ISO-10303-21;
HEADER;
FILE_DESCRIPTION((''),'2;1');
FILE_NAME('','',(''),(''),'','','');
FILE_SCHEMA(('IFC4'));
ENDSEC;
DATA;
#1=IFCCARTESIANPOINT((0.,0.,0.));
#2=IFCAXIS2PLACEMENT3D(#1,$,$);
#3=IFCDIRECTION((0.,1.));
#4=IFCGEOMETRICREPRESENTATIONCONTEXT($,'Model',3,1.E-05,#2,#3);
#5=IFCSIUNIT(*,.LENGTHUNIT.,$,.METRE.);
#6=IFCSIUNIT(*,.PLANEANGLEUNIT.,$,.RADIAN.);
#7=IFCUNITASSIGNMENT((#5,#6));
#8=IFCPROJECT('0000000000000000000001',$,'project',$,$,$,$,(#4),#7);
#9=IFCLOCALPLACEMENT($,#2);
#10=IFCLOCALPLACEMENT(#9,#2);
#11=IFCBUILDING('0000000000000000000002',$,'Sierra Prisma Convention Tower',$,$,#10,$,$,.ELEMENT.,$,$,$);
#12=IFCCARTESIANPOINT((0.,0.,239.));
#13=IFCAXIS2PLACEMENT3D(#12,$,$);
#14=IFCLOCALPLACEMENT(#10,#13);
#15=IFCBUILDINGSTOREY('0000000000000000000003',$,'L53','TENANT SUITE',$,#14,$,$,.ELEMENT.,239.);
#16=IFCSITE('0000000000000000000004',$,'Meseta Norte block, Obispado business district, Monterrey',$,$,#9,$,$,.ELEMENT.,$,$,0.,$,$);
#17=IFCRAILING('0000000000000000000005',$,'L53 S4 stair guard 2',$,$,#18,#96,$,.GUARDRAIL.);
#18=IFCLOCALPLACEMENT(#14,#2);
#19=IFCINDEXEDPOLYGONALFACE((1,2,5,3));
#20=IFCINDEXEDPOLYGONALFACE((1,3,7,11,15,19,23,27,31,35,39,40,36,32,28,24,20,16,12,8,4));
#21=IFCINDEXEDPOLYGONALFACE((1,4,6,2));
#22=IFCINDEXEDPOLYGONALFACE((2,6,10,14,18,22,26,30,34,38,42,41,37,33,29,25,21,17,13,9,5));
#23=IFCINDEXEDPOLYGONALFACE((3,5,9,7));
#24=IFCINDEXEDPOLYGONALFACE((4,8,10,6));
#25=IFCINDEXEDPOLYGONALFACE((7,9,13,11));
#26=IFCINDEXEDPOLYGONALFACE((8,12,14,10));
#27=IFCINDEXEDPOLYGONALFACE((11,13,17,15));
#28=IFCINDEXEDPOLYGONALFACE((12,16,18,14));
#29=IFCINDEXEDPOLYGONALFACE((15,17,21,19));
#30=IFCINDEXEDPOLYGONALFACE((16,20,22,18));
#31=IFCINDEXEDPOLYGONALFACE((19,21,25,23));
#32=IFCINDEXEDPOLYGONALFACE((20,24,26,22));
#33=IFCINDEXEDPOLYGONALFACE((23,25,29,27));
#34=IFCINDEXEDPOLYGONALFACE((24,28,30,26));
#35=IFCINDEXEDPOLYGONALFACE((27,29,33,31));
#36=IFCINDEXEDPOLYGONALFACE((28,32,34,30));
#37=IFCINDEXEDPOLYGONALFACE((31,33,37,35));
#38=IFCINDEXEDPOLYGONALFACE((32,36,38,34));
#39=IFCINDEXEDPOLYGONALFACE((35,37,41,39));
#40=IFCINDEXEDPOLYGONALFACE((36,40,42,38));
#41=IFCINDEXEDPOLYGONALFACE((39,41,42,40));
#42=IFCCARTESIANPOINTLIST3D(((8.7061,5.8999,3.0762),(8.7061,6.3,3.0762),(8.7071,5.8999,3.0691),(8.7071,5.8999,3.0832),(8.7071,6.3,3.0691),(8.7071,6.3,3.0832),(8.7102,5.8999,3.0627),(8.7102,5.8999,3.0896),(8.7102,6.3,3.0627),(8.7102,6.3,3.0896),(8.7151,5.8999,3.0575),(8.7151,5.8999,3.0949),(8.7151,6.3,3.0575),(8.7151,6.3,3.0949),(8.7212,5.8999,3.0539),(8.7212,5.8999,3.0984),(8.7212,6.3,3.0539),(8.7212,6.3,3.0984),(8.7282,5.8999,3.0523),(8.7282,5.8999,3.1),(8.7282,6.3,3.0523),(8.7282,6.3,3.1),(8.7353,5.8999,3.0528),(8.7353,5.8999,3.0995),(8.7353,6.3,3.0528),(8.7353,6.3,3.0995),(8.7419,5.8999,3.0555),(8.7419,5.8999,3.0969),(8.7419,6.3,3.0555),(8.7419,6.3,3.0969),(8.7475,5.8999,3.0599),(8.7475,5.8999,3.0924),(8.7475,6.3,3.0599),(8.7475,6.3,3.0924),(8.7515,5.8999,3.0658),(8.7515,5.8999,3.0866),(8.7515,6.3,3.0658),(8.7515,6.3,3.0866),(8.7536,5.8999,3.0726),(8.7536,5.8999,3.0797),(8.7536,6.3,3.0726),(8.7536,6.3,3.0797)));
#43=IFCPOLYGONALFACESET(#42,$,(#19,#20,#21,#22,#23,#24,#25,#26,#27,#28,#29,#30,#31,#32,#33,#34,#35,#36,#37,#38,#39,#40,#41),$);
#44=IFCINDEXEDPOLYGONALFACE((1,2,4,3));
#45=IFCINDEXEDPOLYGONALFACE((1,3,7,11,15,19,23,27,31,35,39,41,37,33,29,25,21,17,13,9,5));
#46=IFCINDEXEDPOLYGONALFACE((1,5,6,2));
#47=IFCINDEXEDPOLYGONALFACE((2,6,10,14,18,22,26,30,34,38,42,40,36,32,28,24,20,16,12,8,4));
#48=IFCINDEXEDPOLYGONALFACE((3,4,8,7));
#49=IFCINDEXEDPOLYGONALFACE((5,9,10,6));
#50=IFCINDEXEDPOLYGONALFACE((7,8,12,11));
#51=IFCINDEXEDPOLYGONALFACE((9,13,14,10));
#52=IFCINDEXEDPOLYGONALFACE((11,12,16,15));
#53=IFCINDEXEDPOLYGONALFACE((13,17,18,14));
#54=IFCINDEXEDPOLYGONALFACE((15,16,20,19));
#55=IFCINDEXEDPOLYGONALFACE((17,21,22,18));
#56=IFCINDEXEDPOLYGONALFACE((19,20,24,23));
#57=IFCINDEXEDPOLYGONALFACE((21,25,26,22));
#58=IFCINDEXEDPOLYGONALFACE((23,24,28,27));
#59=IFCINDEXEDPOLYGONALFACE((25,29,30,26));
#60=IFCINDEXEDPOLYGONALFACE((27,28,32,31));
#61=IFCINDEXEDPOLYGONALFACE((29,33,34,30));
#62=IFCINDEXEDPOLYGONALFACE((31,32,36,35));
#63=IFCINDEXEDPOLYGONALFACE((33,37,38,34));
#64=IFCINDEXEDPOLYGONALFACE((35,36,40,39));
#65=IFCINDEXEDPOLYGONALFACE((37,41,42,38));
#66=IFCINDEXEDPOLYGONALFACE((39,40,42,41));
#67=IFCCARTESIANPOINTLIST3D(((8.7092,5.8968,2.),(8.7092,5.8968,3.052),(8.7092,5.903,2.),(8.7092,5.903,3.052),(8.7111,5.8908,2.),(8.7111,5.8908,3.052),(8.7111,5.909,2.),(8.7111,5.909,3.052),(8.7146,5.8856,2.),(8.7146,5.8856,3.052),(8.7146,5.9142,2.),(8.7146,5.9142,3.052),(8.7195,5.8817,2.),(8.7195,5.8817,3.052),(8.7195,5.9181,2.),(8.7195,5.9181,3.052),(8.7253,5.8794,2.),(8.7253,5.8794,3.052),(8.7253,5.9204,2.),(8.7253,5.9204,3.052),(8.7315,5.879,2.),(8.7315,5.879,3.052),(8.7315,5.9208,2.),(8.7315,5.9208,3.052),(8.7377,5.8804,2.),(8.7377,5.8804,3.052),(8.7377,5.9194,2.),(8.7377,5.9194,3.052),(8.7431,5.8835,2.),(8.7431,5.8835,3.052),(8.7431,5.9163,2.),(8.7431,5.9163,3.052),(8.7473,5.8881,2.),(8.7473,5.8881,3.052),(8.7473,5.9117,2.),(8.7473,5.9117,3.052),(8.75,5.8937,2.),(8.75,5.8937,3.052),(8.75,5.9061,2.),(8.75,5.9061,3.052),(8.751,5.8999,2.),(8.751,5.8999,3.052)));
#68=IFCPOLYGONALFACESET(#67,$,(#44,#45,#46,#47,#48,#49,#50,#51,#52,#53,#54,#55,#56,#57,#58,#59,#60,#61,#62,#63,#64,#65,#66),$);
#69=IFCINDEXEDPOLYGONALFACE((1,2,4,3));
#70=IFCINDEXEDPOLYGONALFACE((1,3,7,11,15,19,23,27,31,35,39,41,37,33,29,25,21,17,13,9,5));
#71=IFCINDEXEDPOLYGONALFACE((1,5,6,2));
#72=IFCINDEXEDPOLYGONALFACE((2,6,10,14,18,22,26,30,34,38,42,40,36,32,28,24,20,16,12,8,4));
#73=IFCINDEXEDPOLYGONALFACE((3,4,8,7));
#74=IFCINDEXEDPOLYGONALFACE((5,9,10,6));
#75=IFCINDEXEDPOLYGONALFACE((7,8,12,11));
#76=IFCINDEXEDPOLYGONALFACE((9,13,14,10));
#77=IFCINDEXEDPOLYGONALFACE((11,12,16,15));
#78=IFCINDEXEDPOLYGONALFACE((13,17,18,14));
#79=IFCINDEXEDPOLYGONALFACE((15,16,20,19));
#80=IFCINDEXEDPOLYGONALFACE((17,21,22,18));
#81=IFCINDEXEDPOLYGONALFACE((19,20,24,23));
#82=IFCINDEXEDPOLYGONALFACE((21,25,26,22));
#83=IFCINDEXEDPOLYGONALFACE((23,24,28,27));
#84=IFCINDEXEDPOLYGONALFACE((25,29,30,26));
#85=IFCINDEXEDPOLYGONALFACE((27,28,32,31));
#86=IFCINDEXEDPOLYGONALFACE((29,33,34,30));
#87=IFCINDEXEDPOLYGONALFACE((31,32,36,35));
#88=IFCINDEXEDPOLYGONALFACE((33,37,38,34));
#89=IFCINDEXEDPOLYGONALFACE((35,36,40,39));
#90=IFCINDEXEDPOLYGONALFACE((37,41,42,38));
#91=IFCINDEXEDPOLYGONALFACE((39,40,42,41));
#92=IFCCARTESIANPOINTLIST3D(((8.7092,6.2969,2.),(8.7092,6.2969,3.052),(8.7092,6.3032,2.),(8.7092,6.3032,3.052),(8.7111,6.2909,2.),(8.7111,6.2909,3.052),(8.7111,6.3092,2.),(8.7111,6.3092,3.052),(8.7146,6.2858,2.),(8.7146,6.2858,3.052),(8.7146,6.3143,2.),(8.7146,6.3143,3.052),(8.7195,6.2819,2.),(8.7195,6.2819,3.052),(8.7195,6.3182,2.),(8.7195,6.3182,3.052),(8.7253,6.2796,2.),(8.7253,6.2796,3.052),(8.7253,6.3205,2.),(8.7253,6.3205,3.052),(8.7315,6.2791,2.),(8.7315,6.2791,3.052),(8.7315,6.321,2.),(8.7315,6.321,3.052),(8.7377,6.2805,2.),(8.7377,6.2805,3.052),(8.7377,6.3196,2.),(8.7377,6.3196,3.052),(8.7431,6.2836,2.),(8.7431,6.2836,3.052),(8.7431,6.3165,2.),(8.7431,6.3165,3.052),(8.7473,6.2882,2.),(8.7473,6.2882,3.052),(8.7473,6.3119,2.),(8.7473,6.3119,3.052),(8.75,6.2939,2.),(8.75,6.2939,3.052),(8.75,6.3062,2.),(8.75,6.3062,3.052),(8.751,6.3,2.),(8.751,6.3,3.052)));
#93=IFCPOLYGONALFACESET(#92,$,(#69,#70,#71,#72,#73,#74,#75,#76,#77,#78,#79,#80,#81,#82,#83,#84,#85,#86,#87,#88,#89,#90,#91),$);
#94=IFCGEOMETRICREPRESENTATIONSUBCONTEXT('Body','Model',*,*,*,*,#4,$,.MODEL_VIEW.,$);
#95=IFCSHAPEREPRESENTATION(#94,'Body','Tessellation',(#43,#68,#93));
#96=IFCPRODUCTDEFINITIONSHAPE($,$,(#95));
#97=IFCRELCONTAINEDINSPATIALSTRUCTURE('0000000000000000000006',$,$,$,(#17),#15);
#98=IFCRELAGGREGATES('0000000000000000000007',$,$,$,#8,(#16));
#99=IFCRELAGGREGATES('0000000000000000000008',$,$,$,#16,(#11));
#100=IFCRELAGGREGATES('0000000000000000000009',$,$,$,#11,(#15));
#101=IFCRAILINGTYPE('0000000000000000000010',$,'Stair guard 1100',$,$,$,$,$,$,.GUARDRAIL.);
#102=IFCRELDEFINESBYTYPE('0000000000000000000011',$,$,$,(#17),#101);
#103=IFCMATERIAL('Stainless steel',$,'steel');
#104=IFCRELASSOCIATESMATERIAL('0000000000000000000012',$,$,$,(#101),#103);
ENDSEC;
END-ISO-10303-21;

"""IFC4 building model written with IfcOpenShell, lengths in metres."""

from ifc_helpers import new_model, si_unit, direction, frame, origin, origin_2d, place, context, subcontext, project, spatial, circle, extrude, material, type_object, element, save


model = new_model("IFC4")

# Units and contexts
model_context = context("Model", 3, precision=1e-05, world=origin(), true_north=direction((0.0, 1.0)))
body_context = subcontext(model_context, "Body", "Model", "MODEL_VIEW")
ifc_project = project(units=[si_unit("LENGTHUNIT", "METRE"), si_unit("PLANEANGLEUNIT", "RADIAN")], contexts=[model_context])

# Site, building, storey
site_placement = place(None, origin())
site = spatial("IfcSite", under=ifc_project, at=site_placement, Name="Meseta Norte block, Obispado business district, Monterrey", CompositionType="ELEMENT", RefElevation=0.0)
building_placement = place(site_placement, origin())
building = spatial("IfcBuilding", under=site, at=building_placement, Name="Sierra Prisma Convention Tower", CompositionType="ELEMENT")
storey_placement = place(building_placement, frame((0.0, 0.0, 239.0)))
storey = spatial("IfcBuildingStorey", under=building, at=storey_placement, Name="L53", Description="TENANT SUITE", CompositionType="ELEMENT", Elevation=239.0)

# Railing
ifc_material_1 = material(Name="Stainless steel", Category="steel")
railing_type_1 = type_object("IfcRailingType", Name="Stair guard 1100", PredefinedType="GUARDRAIL", material=ifc_material_1)
railing_1_placement = place(storey_placement, frame((8.73, 5.8999, 2.0)))
element("IfcRailing", 1, at=railing_1_placement, inside=storey, type_object=railing_type_1, Name="L53 S4 stair guard 2", PredefinedType="GUARDRAIL", context=body_context, shape_type="SweptSolid", body=[
    extrude(circle(Radius=0.0239, at=origin_2d()), frame((0.0, 0.0, 1.0762), z_axis=(0.0, 1.0, 0.0), x_axis=(-1.0, 0.0, 0.0)), (0.0, 0.0, 1.0), 0.4001),
    extrude(circle(Radius=0.021, at=origin_2d()), origin(), (0.0, 0.0, 1.0), 1.052),
    extrude(circle(Radius=0.021, at=origin_2d()), frame((0.0, 0.4001, 0.0)), (0.0, 0.0, 1.0), 1.052),
])

save(model, "model.ifc")
